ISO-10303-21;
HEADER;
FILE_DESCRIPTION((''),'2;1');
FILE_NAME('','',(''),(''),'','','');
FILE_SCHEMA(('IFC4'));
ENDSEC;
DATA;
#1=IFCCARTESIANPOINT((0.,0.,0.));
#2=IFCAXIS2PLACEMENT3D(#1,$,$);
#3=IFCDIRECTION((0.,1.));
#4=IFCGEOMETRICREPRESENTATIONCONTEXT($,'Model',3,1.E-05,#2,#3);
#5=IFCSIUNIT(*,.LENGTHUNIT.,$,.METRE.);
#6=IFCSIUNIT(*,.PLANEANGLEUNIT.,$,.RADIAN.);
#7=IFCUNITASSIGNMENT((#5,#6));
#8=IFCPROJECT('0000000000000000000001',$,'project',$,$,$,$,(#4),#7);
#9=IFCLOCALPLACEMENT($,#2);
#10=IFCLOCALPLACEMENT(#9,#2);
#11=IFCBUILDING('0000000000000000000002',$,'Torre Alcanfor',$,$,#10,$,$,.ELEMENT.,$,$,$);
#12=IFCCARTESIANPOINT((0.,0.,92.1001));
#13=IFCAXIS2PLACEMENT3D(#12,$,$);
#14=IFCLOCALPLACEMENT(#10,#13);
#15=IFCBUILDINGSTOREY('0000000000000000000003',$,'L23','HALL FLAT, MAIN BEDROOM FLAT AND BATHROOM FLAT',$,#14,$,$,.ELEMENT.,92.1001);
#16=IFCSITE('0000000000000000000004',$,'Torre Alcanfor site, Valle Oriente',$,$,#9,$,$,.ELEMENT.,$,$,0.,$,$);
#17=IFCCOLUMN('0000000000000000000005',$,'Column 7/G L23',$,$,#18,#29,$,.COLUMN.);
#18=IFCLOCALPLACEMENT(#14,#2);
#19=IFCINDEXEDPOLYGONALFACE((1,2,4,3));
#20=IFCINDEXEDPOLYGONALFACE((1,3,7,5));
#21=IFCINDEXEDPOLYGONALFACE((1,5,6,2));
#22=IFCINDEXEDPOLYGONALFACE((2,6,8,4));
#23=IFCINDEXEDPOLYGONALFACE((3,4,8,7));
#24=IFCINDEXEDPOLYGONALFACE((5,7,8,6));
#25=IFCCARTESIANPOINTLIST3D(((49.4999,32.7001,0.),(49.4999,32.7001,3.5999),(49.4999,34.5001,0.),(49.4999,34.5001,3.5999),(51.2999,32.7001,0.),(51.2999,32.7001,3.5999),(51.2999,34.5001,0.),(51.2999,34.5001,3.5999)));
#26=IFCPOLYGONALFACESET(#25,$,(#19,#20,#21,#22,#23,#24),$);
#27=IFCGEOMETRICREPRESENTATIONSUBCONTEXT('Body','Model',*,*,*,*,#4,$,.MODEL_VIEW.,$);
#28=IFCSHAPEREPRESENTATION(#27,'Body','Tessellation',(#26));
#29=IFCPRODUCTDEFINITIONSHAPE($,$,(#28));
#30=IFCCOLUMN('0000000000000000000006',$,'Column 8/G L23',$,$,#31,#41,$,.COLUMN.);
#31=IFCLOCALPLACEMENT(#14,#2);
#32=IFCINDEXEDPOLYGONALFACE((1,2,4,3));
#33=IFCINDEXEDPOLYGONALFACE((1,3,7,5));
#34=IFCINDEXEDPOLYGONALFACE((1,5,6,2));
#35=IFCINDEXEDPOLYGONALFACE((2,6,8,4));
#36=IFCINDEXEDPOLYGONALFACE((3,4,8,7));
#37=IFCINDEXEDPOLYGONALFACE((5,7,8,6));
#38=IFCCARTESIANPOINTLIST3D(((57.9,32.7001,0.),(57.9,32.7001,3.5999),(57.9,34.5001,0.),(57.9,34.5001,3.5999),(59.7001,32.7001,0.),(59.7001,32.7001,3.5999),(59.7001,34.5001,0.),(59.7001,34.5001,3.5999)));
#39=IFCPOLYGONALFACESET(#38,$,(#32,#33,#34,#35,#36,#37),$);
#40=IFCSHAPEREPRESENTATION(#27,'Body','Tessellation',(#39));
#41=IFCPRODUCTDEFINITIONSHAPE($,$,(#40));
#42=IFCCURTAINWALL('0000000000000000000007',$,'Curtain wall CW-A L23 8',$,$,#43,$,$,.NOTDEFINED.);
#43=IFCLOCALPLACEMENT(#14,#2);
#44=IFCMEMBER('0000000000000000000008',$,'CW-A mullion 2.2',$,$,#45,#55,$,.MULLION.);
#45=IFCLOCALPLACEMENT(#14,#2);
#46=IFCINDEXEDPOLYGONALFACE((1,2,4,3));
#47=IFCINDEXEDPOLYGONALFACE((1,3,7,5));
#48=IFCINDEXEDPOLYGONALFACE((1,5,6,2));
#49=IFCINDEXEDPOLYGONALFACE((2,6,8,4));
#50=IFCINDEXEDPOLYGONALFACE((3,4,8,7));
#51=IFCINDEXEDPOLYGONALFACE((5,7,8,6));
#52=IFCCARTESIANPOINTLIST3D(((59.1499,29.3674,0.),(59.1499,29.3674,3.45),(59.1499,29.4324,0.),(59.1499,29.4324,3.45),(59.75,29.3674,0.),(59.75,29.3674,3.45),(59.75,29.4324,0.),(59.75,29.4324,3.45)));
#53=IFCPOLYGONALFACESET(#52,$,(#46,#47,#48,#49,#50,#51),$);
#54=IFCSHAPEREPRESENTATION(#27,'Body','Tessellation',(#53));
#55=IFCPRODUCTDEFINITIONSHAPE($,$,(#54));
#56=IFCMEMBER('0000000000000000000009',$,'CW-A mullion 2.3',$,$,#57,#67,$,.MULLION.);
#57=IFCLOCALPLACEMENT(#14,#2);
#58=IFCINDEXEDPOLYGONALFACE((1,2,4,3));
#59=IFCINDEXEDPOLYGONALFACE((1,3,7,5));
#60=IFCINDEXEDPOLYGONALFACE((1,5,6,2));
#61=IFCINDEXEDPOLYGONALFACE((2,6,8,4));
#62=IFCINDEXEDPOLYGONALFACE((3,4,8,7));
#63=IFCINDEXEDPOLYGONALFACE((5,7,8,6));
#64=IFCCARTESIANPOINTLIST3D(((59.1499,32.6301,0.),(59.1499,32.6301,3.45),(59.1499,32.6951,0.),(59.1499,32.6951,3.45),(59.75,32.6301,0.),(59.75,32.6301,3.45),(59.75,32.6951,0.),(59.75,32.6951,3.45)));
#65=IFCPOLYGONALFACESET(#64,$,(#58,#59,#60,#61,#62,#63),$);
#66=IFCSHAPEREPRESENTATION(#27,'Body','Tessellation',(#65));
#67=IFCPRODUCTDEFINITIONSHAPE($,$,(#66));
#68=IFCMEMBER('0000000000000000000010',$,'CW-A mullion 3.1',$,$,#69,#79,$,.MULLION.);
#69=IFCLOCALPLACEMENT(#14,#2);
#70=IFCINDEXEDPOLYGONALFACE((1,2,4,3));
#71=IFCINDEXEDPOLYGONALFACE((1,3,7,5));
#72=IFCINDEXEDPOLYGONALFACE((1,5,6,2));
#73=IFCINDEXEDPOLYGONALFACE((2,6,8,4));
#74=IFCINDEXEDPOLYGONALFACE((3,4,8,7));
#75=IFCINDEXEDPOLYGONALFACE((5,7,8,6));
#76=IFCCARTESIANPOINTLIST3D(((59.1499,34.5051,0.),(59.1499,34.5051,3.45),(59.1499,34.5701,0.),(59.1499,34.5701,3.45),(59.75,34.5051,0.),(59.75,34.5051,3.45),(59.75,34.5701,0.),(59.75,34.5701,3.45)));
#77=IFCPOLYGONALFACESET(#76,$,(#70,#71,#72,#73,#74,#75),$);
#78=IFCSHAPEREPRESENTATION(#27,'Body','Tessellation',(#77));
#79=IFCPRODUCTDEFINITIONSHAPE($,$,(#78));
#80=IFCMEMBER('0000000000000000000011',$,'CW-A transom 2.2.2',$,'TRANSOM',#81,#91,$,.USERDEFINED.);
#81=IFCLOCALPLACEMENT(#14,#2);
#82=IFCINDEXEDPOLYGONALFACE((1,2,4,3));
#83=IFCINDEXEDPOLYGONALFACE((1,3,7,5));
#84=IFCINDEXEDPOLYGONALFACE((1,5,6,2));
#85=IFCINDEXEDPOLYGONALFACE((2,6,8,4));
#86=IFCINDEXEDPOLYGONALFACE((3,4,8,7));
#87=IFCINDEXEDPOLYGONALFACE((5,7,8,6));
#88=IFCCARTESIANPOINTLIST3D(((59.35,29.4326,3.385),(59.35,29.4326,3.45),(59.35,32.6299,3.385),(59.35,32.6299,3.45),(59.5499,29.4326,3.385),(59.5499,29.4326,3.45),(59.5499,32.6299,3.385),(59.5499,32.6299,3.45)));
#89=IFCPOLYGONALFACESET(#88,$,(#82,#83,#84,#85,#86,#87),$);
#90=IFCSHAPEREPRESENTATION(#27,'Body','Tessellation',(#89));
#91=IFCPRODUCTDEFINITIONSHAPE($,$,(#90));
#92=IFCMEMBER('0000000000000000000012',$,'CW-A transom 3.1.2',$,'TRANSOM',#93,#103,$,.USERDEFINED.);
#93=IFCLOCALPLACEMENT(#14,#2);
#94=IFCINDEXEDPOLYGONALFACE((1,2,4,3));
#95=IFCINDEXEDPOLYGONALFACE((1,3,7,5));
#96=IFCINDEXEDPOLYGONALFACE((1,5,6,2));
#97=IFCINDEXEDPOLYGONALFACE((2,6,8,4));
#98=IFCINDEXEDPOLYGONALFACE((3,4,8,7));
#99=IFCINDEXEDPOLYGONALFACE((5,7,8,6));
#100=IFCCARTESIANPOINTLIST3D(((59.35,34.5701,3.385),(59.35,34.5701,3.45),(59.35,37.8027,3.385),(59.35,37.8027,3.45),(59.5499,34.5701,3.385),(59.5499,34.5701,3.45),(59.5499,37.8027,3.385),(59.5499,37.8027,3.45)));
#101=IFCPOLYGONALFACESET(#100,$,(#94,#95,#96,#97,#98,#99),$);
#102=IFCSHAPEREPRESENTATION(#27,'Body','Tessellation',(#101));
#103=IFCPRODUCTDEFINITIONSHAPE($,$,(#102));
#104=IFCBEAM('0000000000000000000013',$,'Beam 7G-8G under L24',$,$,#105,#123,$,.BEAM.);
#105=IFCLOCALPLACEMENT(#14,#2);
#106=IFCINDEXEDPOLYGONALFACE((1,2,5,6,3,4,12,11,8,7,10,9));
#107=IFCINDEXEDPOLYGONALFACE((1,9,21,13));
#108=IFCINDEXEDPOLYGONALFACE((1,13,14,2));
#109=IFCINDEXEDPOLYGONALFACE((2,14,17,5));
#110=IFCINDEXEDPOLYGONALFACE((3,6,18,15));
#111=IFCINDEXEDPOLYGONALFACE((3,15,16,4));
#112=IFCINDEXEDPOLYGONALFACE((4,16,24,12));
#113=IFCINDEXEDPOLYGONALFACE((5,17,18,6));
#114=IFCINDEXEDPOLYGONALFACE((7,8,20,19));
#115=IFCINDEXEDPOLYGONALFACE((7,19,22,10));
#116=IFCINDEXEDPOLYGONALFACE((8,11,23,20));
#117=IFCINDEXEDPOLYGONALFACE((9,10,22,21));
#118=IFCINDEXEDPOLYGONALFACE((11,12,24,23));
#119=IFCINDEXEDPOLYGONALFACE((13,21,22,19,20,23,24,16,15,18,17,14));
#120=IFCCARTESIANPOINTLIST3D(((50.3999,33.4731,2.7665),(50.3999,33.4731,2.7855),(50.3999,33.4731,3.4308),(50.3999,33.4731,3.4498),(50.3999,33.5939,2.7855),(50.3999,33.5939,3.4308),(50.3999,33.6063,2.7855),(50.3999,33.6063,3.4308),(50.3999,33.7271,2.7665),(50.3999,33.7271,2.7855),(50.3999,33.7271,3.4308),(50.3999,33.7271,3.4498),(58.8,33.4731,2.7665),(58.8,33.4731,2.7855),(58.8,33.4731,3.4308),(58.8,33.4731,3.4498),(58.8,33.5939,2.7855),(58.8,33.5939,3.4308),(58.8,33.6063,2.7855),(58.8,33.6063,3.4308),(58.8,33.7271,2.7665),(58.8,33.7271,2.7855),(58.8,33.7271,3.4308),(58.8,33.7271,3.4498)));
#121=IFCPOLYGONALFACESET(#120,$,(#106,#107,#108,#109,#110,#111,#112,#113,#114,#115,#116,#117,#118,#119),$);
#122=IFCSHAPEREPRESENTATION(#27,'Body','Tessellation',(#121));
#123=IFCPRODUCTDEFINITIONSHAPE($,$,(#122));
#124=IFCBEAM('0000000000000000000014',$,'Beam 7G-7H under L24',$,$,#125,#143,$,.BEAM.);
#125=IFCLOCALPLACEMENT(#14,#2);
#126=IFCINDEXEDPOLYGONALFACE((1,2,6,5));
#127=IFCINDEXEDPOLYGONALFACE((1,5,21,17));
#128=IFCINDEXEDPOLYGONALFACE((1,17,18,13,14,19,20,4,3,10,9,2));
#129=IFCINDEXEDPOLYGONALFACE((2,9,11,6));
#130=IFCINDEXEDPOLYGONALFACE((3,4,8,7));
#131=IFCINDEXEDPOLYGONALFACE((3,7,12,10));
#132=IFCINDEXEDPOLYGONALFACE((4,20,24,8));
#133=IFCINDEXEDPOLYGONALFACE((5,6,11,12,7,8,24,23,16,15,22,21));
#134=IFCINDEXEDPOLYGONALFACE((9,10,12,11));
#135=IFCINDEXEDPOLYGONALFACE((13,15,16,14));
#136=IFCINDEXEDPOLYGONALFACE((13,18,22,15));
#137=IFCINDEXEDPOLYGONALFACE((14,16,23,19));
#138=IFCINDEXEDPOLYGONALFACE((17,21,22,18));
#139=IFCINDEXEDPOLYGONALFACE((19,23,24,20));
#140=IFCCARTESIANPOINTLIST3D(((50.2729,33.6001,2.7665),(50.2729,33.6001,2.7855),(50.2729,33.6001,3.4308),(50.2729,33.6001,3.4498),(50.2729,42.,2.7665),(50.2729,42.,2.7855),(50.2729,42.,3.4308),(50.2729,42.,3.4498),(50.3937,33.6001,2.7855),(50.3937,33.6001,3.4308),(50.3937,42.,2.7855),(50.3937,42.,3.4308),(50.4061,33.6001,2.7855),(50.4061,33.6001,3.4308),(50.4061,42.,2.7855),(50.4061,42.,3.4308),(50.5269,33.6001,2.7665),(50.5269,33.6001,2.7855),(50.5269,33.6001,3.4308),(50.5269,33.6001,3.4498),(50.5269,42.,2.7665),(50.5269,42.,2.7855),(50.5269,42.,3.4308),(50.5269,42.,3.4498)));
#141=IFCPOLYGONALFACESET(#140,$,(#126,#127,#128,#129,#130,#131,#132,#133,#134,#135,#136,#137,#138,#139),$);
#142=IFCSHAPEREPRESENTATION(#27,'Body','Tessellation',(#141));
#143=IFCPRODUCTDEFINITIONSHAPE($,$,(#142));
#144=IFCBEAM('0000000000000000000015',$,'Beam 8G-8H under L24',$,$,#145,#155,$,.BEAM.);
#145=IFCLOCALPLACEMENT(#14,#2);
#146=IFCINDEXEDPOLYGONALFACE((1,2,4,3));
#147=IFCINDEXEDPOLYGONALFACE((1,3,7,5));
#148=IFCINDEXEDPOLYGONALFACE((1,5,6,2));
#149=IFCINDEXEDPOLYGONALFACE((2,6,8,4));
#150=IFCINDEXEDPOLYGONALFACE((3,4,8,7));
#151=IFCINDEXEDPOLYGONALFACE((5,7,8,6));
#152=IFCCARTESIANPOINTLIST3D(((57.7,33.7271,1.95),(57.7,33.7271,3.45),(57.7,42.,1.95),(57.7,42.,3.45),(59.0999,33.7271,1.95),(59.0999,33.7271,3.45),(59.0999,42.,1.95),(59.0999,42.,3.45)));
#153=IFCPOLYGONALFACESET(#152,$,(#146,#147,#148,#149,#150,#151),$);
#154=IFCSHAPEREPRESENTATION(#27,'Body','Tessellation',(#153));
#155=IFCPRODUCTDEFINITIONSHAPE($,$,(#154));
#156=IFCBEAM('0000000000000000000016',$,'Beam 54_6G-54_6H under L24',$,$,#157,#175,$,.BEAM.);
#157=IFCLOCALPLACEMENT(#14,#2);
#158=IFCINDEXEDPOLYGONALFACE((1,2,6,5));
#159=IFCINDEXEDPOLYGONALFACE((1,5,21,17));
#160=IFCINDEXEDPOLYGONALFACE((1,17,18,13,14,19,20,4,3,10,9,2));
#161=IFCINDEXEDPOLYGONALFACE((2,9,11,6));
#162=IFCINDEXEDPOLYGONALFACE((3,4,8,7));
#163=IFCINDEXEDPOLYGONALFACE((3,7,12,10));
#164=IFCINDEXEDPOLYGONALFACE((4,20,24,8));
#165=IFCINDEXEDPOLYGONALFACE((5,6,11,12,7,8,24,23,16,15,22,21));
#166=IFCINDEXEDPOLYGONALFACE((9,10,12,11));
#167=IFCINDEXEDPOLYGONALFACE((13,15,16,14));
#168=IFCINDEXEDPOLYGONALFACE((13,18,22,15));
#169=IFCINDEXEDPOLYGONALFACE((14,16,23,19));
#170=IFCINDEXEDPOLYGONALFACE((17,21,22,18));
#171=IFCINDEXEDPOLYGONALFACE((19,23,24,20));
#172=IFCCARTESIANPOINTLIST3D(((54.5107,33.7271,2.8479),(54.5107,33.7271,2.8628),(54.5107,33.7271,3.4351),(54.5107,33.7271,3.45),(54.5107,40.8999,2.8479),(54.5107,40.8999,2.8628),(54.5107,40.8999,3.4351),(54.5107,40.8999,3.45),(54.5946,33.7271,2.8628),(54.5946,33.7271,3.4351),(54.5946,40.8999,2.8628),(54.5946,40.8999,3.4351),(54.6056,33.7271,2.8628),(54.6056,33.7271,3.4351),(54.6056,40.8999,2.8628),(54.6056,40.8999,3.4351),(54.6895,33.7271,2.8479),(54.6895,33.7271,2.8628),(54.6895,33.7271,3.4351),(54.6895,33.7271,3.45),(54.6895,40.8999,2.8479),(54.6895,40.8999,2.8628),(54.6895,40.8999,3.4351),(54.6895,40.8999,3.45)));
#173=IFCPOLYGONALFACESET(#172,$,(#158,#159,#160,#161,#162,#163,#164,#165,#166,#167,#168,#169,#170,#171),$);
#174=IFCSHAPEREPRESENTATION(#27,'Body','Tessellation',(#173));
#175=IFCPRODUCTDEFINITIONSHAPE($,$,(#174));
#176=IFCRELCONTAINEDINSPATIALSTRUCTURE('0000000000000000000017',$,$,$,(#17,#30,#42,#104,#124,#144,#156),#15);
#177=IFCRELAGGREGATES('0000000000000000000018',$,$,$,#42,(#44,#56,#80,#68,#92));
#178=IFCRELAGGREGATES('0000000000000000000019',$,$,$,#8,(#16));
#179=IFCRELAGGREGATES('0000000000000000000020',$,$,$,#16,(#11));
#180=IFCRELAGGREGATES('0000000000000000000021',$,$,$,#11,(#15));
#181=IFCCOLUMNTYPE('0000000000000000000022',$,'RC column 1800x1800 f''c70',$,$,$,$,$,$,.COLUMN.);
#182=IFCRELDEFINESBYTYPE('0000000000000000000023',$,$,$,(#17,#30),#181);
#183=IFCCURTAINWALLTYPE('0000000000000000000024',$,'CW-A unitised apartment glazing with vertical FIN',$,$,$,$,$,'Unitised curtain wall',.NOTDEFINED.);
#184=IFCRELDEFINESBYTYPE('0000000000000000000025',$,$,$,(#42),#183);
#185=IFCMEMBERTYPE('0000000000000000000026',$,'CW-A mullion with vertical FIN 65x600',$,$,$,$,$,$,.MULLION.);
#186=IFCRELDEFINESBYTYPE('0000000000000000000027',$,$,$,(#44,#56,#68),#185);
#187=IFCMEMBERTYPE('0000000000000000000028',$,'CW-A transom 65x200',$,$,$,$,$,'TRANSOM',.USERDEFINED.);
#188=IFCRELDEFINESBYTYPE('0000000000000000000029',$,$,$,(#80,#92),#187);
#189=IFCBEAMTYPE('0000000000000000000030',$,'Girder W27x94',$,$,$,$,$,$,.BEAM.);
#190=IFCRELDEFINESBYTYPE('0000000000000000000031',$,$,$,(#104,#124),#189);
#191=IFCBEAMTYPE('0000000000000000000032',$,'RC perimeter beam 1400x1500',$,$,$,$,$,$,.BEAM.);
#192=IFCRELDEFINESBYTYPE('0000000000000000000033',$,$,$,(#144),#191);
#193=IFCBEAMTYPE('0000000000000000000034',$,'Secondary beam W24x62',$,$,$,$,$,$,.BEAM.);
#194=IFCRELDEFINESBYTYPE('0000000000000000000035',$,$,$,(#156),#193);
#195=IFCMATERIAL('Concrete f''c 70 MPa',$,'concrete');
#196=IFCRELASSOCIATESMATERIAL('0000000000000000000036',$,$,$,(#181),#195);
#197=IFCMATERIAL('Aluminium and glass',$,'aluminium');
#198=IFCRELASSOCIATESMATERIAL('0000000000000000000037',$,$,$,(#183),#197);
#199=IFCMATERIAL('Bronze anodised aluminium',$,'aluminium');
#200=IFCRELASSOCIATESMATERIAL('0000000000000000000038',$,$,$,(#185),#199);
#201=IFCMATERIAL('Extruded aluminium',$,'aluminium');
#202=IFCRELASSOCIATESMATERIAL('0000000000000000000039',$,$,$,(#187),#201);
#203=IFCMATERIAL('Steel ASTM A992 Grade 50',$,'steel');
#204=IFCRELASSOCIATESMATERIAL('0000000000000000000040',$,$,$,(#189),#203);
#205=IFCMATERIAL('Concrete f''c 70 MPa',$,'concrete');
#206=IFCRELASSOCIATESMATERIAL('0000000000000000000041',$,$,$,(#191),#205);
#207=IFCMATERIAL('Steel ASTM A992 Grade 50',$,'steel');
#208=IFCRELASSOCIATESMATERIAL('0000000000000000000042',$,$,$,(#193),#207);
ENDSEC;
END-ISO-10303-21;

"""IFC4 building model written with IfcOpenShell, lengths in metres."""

from ifc_helpers import new_model, si_unit, direction, frame, origin, origin_2d, place, context, subcontext, project, spatial, rectangle, i_section, extrude, material, material_profile, profile_set, type_object, element, aggregate, save


model = new_model("IFC4")

# Units and contexts
model_context = context("Model", 3, precision=1e-05, world=origin(), true_north=direction((0.0, 1.0)))
body_context = subcontext(model_context, "Body", "Model", "MODEL_VIEW")
ifc_project = project(units=[si_unit("LENGTHUNIT", "METRE"), si_unit("PLANEANGLEUNIT", "RADIAN")], contexts=[model_context])

# Site, building, storey
site_placement = place(None, origin())
site = spatial("IfcSite", under=ifc_project, at=site_placement, Name="Torre Alcanfor site, Valle Oriente", CompositionType="ELEMENT", RefElevation=0.0)
building_placement = place(site_placement, origin())
building = spatial("IfcBuilding", under=site, at=building_placement, Name="Torre Alcanfor", CompositionType="ELEMENT")
storey_placement = place(building_placement, frame((0.0, 0.0, 92.1001)))
storey = spatial("IfcBuildingStorey", under=building, at=storey_placement, Name="L23", Description="HALL FLAT, MAIN BEDROOM FLAT AND BATHROOM FLAT", CompositionType="ELEMENT", Elevation=92.1001)

# Columns
ifc_material_1 = material(Name="Concrete f'c 70 MPa", Category="concrete")
ifc_material_profile_1 = material_profile(ifc_material_1, rectangle(XDim=1.8, YDim=1.8, at=origin_2d()), Name="1800x1800")
ifc_profile_set_1 = profile_set([ifc_material_profile_1], Name="Concrete f'c 70 MPa")
column_type = type_object("IfcColumnType", Name="RC column 1800x1800 f'c70", PredefinedType="COLUMN", material=ifc_profile_set_1)
for number, where, z_axis, x_axis, name in (
    (1, (50.3999, 33.6001, 0.0), (0.0, 0.0, 1.0), (1.0, 0.0, 0.0), "Column 7/G L23"),
    (2, (58.8, 33.6001, 0.0), (0.0, 0.0, 1.0), (1.0, 0.0, 0.0), "Column 8/G L23"),
):
    element("IfcColumn", number, at=place(storey_placement, frame(where, z_axis=z_axis, x_axis=x_axis)), inside=storey, type_object=column_type, Name=name, PredefinedType="COLUMN", context=body_context, shape_type="SweptSolid", body=[
        extrude(rectangle(XDim=1.8, YDim=1.8, at=origin_2d()), origin(), (0.0, 0.0, 1.0), 3.5999),
    ])

# Curtain wall, members
ifc_material_2 = material(Name="Aluminium and glass", Category="aluminium")
curtain_wall_type = type_object("IfcCurtainWallType", Name="CW-A unitised apartment glazing with vertical FIN", ElementType="Unitised curtain wall", PredefinedType="NOTDEFINED", material=ifc_material_2)
curtain_wall_placement = place(storey_placement, origin())
curtain_wall = element("IfcCurtainWall", 3, at=curtain_wall_placement, inside=storey, type_object=curtain_wall_type, Name="Curtain wall CW-A L23 8", PredefinedType="NOTDEFINED")
ifc_material_3 = material(Name="Bronze anodised aluminium", Category="aluminium")
ifc_material_profile_2 = material_profile(ifc_material_3, rectangle(XDim=0.6001, YDim=0.0649, at=origin_2d()), Name="CW-A mullion 65x600")
ifc_profile_set_2 = profile_set([ifc_material_profile_2], Name="Bronze anodised aluminium")
member_type_1 = type_object("IfcMemberType", Name="CW-A mullion with vertical FIN 65x600", PredefinedType="MULLION", material=ifc_profile_set_2)
member_1_placement = place(storey_placement, frame((59.45, 29.3999, 0.0), z_axis=(0.0, 0.0, 1.0), x_axis=(-1.0, 0.0, 0.0)))
member_1 = element("IfcMember", 4, at=member_1_placement, type_object=member_type_1, Name="CW-A mullion 2.2", PredefinedType="MULLION", context=body_context, shape_type="SweptSolid", body=[
    extrude(rectangle(XDim=0.6001, YDim=0.0649, at=origin_2d()), origin(), (0.0, 0.0, 1.0), 3.45),
])
member_2_placement = place(storey_placement, frame((59.45, 32.6626, 0.0), z_axis=(0.0, 0.0, 1.0), x_axis=(-1.0, 0.0, 0.0)))
member_2 = element("IfcMember", 5, at=member_2_placement, type_object=member_type_1, Name="CW-A mullion 2.3", PredefinedType="MULLION", context=body_context, shape_type="SweptSolid", body=[
    extrude(rectangle(XDim=0.6001, YDim=0.0649, at=origin_2d()), origin(), (0.0, 0.0, 1.0), 3.45),
])
member_3_placement = place(storey_placement, frame((59.45, 34.5376, 0.0), z_axis=(0.0, 0.0, 1.0), x_axis=(-1.0, 0.0, 0.0)))
member_3 = element("IfcMember", 6, at=member_3_placement, type_object=member_type_1, Name="CW-A mullion 3.1", PredefinedType="MULLION", context=body_context, shape_type="SweptSolid", body=[
    extrude(rectangle(XDim=0.6001, YDim=0.0649, at=origin_2d()), origin(), (0.0, 0.0, 1.0), 3.45),
])
ifc_material_4 = material(Name="Extruded aluminium", Category="aluminium")
ifc_material_profile_3 = material_profile(ifc_material_4, rectangle(XDim=0.2, YDim=0.0649, at=origin_2d()), Name="CW-A transom 200x65")
ifc_profile_set_3 = profile_set([ifc_material_profile_3], Name="Extruded aluminium")
member_type_2 = type_object("IfcMemberType", Name="CW-A transom 65x200", ElementType="TRANSOM", PredefinedType="USERDEFINED", material=ifc_profile_set_3)
member_4_placement = place(storey_placement, frame((59.45, 29.4326, 3.4175), z_axis=(0.0, 1.0, 0.0), x_axis=(-1.0, 0.0, 0.0)))
member_4 = element("IfcMember", 7, at=member_4_placement, type_object=member_type_2, Name="CW-A transom 2.2.2", ObjectType="TRANSOM", PredefinedType="USERDEFINED", context=body_context, shape_type="SweptSolid", body=[
    extrude(rectangle(XDim=0.2, YDim=0.0649, at=origin_2d()), origin(), (0.0, 0.0, 1.0), 3.1973),
])
member_5_placement = place(storey_placement, frame((59.45, 34.5701, 3.4175), z_axis=(0.0, 1.0, 0.0), x_axis=(-1.0, 0.0, 0.0)))
member_5 = element("IfcMember", 8, at=member_5_placement, type_object=member_type_2, Name="CW-A transom 3.1.2", ObjectType="TRANSOM", PredefinedType="USERDEFINED", context=body_context, shape_type="SweptSolid", body=[
    extrude(rectangle(XDim=0.2, YDim=0.0649, at=origin_2d()), origin(), (0.0, 0.0, 1.0), 3.2327),
])

# Beams
ifc_material_5 = material(Name="Steel ASTM A992 Grade 50", Category="steel")
ifc_material_profile_4 = material_profile(ifc_material_5, i_section(OverallWidth=0.2539, OverallDepth=0.6833, WebThickness=0.0125, FlangeThickness=0.019, at=origin_2d()), Name="W27x94")
ifc_profile_set_4 = profile_set([ifc_material_profile_4], Name="Steel ASTM A992 Grade 50")
beam_type_1 = type_object("IfcBeamType", Name="Girder W27x94", PredefinedType="BEAM", material=ifc_profile_set_4)
beam_1_placement = place(storey_placement, frame((50.3999, 33.6001, 3.1082), z_axis=(1.0, 0.0, 0.0), x_axis=(0.0, 1.0, 0.0)))
element("IfcBeam", 9, at=beam_1_placement, inside=storey, type_object=beam_type_1, Name="Beam 7G-8G under L24", PredefinedType="BEAM", context=body_context, shape_type="SweptSolid", body=[
    extrude(i_section(OverallWidth=0.2539, OverallDepth=0.6833, WebThickness=0.0125, FlangeThickness=0.019, at=origin_2d()), origin(), (0.0, 0.0, 1.0), 8.4001),
])
beam_2_placement = place(storey_placement, frame((50.3999, 33.6001, 3.1082), z_axis=(0.0, 1.0, 0.0), x_axis=(-1.0, 0.0, 0.0)))
element("IfcBeam", 10, at=beam_2_placement, inside=storey, type_object=beam_type_1, Name="Beam 7G-7H under L24", PredefinedType="BEAM", context=body_context, shape_type="SweptSolid", body=[
    extrude(i_section(OverallWidth=0.2539, OverallDepth=0.6833, WebThickness=0.0125, FlangeThickness=0.019, at=origin_2d()), origin(), (0.0, 0.0, 1.0), 8.3999),
])
ifc_material_6 = material(Name="Concrete f'c 70 MPa", Category="concrete")
ifc_material_profile_5 = material_profile(ifc_material_6, rectangle(XDim=1.3999, YDim=1.5, at=origin_2d()), Name="1400x1500")
ifc_profile_set_5 = profile_set([ifc_material_profile_5], Name="Concrete f'c 70 MPa")
beam_type_2 = type_object("IfcBeamType", Name="RC perimeter beam 1400x1500", PredefinedType="BEAM", material=ifc_profile_set_5)
beam_3_placement = place(storey_placement, frame((58.3999, 33.7271, 2.7), z_axis=(0.0, 1.0, 0.0), x_axis=(-1.0, 0.0, 0.0)))
element("IfcBeam", 11, at=beam_3_placement, inside=storey, type_object=beam_type_2, Name="Beam 8G-8H under L24", PredefinedType="BEAM", context=body_context, shape_type="SweptSolid", body=[
    extrude(rectangle(XDim=1.3999, YDim=1.5, at=origin_2d()), origin(), (0.0, 0.0, 1.0), 8.2729),
])
ifc_material_7 = material(Name="Steel ASTM A992 Grade 50", Category="steel")
ifc_material_profile_6 = material_profile(ifc_material_7, i_section(OverallWidth=0.1787, OverallDepth=0.6021, WebThickness=0.011, FlangeThickness=0.0149, at=origin_2d()), Name="W24x62")
ifc_profile_set_6 = profile_set([ifc_material_profile_6], Name="Steel ASTM A992 Grade 50")
beam_type_3 = type_object("IfcBeamType", Name="Secondary beam W24x62", PredefinedType="BEAM", material=ifc_profile_set_6)
beam_4_placement = place(storey_placement, frame((54.6001, 33.7271, 3.1489), z_axis=(0.0, 1.0, 0.0), x_axis=(-1.0, 0.0, 0.0)))
element("IfcBeam", 12, at=beam_4_placement, inside=storey, type_object=beam_type_3, Name="Beam 54_6G-54_6H under L24", PredefinedType="BEAM", context=body_context, shape_type="SweptSolid", body=[
    extrude(i_section(OverallWidth=0.1787, OverallDepth=0.6021, WebThickness=0.011, FlangeThickness=0.0149, at=origin_2d()), origin(), (0.0, 0.0, 1.0), 7.1729),
])

aggregate(curtain_wall, [member_1, member_2, member_4, member_3, member_5])

save(model, "model.ifc")
